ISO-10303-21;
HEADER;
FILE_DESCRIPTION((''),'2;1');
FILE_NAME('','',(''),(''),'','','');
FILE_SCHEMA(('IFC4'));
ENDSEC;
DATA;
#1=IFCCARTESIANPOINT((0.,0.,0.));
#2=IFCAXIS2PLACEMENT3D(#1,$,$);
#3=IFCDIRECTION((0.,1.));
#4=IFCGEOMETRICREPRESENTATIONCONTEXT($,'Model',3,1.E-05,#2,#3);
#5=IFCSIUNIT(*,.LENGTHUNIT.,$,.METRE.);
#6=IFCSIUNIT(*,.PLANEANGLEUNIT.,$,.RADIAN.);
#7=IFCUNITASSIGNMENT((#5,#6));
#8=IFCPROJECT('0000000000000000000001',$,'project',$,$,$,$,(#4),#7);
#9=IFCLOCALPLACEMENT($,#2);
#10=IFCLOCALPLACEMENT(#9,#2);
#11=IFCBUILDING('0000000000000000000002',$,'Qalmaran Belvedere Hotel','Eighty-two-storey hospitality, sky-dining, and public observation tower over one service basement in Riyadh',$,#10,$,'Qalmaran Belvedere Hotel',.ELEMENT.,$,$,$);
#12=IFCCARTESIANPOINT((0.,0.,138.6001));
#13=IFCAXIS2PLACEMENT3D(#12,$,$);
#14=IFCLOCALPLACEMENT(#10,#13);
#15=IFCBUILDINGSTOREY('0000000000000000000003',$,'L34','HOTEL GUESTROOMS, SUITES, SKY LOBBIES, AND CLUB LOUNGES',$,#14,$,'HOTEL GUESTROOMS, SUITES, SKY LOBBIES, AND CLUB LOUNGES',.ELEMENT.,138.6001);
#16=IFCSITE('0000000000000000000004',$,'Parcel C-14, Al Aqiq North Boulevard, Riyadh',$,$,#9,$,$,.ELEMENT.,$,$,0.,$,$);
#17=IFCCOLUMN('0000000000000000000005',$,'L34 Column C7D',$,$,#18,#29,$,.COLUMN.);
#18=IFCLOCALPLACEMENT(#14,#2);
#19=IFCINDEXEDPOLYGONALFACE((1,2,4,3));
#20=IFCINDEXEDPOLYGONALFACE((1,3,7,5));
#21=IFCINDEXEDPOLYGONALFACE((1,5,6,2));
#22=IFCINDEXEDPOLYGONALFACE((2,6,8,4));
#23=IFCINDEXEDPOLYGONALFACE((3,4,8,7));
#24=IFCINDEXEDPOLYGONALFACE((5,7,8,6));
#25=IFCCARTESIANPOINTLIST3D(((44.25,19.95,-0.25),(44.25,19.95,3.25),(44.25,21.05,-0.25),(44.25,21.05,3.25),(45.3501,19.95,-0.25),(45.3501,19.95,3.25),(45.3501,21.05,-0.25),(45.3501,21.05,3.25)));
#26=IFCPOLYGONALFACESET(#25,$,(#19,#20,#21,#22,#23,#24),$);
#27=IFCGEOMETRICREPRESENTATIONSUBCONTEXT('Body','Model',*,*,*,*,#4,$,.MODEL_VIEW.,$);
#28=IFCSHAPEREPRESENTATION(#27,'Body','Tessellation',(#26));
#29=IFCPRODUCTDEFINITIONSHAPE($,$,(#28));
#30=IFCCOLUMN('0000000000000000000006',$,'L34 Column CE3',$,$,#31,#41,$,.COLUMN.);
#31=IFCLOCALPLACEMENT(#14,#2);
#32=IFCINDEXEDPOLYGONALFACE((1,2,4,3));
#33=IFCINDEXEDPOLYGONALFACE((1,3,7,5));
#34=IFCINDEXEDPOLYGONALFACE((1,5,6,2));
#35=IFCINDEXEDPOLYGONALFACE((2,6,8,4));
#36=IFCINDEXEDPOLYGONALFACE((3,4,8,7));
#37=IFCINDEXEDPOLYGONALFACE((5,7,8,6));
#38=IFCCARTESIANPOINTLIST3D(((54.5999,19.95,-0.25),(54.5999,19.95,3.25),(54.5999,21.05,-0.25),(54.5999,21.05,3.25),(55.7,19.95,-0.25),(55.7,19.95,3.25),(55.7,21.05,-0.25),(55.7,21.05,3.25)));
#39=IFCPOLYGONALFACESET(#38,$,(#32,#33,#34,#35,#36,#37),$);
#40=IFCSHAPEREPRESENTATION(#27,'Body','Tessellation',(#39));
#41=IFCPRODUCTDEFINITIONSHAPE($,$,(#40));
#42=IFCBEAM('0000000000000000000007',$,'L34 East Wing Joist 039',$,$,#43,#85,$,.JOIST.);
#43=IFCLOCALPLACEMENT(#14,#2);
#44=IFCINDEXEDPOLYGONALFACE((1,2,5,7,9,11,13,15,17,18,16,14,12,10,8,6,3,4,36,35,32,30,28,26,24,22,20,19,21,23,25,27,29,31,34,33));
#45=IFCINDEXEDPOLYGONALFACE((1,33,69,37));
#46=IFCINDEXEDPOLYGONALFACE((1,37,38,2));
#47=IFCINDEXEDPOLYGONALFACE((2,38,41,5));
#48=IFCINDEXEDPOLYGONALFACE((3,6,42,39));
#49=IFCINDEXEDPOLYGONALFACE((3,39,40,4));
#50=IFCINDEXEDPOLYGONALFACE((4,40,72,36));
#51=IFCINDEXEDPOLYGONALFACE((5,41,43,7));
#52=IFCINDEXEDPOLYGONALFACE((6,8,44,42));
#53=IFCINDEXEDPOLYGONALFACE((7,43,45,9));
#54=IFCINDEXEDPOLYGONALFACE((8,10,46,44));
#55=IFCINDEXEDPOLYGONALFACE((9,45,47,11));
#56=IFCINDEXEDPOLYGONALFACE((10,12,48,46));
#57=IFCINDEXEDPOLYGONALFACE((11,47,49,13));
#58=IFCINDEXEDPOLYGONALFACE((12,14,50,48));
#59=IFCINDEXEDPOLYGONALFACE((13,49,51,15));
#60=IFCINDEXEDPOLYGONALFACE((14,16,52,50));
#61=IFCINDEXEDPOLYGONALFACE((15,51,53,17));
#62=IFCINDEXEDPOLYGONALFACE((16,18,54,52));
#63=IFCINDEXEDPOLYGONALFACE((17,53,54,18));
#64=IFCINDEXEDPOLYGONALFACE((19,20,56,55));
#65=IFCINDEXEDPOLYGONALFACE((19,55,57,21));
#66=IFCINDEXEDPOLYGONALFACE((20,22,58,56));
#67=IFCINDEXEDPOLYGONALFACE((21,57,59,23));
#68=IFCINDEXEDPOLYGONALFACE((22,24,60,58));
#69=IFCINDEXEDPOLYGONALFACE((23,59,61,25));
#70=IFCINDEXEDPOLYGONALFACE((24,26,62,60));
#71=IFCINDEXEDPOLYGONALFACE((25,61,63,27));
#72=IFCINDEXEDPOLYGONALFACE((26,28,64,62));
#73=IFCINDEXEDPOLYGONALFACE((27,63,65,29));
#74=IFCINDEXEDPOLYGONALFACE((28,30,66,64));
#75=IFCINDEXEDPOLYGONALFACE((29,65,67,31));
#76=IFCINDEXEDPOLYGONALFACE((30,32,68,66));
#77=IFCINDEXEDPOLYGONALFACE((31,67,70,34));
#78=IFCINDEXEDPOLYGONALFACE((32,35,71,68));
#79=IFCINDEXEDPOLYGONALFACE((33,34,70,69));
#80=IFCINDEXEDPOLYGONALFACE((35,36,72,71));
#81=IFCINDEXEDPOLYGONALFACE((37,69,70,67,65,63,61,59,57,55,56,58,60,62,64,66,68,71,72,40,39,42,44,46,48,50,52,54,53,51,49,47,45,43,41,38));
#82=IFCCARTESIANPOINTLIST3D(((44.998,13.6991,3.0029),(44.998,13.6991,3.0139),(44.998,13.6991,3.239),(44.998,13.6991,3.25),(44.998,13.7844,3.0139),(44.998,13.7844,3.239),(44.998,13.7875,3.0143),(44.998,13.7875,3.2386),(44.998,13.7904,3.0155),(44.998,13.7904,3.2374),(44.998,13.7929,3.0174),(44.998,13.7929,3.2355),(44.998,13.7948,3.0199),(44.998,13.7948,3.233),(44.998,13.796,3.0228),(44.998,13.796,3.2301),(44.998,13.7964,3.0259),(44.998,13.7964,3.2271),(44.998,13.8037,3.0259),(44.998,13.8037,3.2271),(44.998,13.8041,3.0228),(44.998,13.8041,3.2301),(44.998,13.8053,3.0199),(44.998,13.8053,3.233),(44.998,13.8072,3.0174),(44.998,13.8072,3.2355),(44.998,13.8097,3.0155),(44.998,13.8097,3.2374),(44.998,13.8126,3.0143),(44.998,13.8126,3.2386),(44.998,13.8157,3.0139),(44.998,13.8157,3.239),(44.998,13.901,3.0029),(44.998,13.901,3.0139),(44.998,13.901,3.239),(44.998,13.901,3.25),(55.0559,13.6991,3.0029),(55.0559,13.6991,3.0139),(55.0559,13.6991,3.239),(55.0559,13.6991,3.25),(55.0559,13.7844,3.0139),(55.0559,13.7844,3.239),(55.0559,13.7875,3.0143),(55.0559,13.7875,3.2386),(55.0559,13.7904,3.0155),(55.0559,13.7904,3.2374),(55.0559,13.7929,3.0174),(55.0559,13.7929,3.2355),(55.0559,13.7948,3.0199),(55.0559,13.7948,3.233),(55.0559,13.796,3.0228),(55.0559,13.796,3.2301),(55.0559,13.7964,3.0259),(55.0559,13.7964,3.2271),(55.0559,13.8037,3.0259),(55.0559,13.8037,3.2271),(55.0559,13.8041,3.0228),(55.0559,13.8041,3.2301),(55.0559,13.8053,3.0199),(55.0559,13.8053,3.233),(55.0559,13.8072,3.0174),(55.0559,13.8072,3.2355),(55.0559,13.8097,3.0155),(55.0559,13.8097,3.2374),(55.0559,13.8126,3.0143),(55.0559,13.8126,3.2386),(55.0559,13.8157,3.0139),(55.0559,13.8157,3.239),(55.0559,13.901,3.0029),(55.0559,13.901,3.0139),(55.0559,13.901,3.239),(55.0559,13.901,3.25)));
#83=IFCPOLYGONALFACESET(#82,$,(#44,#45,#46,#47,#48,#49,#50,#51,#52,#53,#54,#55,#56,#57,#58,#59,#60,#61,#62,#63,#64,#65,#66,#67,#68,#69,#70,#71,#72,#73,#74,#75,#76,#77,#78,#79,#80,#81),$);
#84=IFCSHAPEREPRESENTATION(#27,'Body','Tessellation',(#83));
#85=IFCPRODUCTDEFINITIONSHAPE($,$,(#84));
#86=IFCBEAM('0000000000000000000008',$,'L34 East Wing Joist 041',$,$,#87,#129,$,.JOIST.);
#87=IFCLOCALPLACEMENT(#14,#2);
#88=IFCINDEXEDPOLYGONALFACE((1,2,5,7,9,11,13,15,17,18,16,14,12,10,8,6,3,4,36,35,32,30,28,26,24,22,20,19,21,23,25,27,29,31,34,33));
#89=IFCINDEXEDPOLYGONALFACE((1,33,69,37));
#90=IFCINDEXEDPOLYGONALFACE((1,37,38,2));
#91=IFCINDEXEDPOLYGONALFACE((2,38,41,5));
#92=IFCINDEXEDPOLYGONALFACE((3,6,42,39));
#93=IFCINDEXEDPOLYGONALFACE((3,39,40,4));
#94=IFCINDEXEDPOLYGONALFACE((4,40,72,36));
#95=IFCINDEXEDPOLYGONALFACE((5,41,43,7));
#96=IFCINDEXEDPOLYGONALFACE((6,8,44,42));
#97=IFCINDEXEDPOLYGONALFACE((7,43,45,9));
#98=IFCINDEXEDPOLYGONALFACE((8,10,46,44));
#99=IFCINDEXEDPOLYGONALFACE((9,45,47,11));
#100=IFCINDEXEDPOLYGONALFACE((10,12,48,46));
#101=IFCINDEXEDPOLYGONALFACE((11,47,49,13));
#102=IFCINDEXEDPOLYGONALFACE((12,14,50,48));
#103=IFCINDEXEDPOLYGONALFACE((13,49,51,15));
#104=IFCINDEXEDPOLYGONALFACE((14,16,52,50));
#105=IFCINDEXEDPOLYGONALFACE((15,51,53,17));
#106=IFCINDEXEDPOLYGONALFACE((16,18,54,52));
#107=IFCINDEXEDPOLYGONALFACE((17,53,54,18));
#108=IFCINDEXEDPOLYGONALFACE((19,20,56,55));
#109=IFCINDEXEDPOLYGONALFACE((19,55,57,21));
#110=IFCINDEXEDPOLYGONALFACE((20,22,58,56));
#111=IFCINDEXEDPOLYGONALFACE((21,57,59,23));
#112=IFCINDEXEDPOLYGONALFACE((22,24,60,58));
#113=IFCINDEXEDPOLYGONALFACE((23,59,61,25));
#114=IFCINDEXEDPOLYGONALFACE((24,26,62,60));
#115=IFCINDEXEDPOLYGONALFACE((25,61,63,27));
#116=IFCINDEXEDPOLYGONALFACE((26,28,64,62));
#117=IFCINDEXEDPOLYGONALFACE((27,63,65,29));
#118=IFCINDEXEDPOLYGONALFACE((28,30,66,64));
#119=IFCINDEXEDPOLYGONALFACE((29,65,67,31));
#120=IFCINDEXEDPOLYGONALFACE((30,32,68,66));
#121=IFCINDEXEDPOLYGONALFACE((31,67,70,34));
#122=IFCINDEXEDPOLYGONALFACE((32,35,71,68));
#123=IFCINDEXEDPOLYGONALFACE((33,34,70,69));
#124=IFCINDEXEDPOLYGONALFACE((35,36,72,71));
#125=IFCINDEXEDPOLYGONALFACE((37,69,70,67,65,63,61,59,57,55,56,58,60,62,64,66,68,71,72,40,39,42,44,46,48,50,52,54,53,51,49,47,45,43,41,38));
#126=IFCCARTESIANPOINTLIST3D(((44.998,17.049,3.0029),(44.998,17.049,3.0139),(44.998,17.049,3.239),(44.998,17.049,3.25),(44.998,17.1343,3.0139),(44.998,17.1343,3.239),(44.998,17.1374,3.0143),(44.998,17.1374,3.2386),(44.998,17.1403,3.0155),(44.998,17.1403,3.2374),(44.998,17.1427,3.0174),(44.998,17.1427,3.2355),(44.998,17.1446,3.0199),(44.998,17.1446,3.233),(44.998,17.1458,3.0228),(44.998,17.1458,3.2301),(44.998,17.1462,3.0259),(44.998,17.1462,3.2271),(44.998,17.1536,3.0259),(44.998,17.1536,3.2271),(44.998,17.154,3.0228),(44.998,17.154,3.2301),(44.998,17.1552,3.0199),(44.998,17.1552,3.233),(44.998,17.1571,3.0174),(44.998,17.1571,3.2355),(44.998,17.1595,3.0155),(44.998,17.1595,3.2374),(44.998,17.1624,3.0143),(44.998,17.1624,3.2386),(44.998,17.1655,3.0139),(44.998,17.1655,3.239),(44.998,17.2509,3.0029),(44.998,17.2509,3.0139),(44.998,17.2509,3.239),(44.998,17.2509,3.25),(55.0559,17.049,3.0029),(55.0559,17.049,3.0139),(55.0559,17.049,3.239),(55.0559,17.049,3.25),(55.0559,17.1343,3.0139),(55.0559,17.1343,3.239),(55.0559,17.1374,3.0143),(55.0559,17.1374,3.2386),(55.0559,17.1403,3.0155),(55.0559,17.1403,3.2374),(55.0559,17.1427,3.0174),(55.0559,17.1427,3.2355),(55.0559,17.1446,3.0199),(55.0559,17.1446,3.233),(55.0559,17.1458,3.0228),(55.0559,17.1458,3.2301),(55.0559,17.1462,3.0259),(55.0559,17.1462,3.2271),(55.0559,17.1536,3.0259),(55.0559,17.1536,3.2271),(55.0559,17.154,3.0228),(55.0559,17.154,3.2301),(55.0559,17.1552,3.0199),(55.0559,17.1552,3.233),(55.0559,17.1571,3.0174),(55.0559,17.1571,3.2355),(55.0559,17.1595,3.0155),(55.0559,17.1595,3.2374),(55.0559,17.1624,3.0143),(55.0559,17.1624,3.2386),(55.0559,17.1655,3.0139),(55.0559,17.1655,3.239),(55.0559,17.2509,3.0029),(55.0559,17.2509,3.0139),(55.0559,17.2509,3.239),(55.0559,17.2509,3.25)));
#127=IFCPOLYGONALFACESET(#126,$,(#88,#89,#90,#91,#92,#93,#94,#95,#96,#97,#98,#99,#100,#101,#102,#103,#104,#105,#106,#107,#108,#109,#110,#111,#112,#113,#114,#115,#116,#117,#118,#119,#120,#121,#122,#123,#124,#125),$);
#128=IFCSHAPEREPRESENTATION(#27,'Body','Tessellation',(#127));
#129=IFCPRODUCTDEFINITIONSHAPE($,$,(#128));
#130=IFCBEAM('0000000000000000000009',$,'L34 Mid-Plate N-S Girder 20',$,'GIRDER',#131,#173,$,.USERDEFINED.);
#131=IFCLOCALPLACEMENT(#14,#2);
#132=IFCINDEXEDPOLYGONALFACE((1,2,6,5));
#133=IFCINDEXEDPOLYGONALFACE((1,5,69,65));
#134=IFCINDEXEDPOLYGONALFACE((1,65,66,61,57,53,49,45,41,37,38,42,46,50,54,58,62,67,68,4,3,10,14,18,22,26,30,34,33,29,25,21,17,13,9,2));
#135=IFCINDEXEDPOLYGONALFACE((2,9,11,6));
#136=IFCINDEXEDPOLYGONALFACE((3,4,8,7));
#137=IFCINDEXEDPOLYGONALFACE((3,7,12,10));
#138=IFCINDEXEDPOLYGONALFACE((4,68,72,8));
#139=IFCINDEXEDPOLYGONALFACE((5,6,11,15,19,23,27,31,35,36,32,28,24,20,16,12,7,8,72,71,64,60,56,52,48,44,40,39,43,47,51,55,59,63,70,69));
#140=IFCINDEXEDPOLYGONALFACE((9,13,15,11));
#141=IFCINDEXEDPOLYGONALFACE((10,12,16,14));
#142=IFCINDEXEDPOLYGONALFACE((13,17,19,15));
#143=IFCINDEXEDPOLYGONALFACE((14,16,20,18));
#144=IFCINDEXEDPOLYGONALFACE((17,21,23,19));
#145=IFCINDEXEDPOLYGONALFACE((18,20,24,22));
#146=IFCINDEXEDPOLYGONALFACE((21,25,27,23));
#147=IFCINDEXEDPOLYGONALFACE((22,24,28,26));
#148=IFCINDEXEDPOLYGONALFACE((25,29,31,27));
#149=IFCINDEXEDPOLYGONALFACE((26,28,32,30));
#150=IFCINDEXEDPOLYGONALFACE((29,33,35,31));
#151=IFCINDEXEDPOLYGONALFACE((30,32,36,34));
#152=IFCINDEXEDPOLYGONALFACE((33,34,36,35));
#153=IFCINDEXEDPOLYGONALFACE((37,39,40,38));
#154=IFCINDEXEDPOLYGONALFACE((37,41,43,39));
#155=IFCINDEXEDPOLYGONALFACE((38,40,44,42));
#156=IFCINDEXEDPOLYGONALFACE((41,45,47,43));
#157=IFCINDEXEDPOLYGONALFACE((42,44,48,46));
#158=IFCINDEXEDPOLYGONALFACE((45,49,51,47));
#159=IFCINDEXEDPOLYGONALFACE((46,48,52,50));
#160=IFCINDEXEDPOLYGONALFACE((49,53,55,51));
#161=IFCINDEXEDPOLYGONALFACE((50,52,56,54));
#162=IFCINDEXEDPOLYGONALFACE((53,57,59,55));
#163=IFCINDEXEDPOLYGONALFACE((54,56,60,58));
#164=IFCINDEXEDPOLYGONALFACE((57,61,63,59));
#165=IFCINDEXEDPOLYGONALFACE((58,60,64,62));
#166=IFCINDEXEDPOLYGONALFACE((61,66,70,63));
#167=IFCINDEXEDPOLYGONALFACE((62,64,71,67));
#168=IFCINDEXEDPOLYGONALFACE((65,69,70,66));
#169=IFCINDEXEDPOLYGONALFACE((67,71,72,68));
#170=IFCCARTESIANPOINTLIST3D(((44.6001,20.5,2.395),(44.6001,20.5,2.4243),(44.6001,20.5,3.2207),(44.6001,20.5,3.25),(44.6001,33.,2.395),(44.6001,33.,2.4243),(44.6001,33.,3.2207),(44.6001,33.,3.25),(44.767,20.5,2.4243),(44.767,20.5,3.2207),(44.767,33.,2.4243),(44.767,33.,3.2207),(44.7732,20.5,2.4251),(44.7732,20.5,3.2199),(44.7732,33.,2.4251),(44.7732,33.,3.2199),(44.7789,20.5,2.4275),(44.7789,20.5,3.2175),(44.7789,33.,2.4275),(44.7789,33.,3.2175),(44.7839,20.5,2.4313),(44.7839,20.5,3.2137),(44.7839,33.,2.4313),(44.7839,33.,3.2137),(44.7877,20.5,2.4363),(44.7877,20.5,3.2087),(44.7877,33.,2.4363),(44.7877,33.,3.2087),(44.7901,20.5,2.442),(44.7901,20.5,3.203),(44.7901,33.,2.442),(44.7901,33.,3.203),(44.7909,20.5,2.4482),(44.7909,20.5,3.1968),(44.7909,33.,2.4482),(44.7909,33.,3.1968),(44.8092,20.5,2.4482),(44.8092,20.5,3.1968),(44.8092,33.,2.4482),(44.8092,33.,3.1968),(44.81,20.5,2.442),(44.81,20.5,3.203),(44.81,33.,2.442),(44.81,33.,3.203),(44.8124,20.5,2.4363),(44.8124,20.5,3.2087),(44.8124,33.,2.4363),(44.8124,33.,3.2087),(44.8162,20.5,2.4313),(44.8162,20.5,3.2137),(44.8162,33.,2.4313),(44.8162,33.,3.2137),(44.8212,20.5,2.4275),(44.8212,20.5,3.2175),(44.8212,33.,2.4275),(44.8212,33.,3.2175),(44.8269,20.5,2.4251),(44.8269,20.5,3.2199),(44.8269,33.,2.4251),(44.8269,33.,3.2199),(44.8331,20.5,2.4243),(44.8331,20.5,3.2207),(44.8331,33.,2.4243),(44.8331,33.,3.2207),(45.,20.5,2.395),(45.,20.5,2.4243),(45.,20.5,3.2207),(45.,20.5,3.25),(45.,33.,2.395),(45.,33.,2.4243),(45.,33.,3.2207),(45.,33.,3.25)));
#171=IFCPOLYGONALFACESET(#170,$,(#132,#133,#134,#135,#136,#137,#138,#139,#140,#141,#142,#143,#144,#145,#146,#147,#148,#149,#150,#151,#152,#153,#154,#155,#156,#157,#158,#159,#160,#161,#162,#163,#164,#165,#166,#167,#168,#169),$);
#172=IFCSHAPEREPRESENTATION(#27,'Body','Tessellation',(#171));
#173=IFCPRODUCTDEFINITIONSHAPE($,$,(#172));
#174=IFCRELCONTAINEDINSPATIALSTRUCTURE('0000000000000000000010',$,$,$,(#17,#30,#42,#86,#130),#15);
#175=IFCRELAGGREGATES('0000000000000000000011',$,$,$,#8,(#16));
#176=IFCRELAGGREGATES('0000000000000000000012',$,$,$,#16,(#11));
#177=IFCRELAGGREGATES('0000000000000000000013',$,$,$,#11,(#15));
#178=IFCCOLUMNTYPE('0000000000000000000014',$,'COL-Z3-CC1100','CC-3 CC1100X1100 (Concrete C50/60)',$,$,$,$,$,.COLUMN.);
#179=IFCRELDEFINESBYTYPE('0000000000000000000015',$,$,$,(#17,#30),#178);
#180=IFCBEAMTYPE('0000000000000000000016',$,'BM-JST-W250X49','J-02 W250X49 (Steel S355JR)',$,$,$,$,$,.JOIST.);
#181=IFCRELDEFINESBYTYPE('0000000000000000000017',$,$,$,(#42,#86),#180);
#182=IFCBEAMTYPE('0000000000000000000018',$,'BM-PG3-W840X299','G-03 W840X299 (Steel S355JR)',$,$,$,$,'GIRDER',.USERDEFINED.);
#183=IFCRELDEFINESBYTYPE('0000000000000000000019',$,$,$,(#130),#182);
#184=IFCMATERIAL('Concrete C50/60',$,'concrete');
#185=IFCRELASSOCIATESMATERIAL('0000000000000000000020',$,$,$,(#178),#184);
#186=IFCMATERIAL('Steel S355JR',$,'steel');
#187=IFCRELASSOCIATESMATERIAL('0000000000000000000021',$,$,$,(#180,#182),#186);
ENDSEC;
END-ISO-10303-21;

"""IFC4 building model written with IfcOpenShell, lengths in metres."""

from ifc_helpers import new_model, si_unit, direction, frame, origin, origin_2d, place, context, subcontext, project, spatial, rectangle, i_section, extrude, material, material_profile, profile_set, type_object, element, save


model = new_model("IFC4")

# Units and contexts
model_context = context("Model", 3, precision=1e-05, world=origin(), true_north=direction((0.0, 1.0)))
body_context = subcontext(model_context, "Body", "Model", "MODEL_VIEW")
ifc_project = project(units=[si_unit("LENGTHUNIT", "METRE"), si_unit("PLANEANGLEUNIT", "RADIAN")], contexts=[model_context])

# Site, building, storey
site_placement = place(None, origin())
site = spatial("IfcSite", under=ifc_project, at=site_placement, Name="Parcel C-14, Al Aqiq North Boulevard, Riyadh", CompositionType="ELEMENT", RefElevation=0.0)
building_placement = place(site_placement, origin())
building = spatial("IfcBuilding", under=site, at=building_placement, Name="Qalmaran Belvedere Hotel", Description="Eighty-two-storey hospitality, sky-dining, and public observation tower over one service basement in Riyadh", LongName="Qalmaran Belvedere Hotel", CompositionType="ELEMENT")
storey_placement = place(building_placement, frame((0.0, 0.0, 138.6001)))
storey = spatial("IfcBuildingStorey", under=building, at=storey_placement, Name="L34", Description="HOTEL GUESTROOMS, SUITES, SKY LOBBIES, AND CLUB LOUNGES", LongName="HOTEL GUESTROOMS, SUITES, SKY LOBBIES, AND CLUB LOUNGES", CompositionType="ELEMENT", Elevation=138.6001)

# Columns
ifc_material_1 = material(Name="Concrete C50/60", Category="concrete")
ifc_material_profile_1 = material_profile(ifc_material_1, rectangle(XDim=1.1001, YDim=1.1001, at=origin_2d()), Name="CC1100X1100")
ifc_profile_set_1 = profile_set([ifc_material_profile_1], Name="Concrete C50/60")
column_type = type_object("IfcColumnType", Name="COL-Z3-CC1100", Description="CC-3 CC1100X1100 (Concrete C50/60)", PredefinedType="COLUMN", material=ifc_profile_set_1)
for number, where, z_axis, x_axis, name in (
    (1, (44.8, 20.5, -0.25), (0.0, 0.0, 1.0), (1.0, 0.0, 0.0), "L34 Column C7D"),
    (2, (55.1499, 20.5, -0.25), (0.0, 0.0, 1.0), (1.0, 0.0, 0.0), "L34 Column CE3"),
):
    element("IfcColumn", number, at=place(storey_placement, frame(where, z_axis=z_axis, x_axis=x_axis)), inside=storey, type_object=column_type, Name=name, PredefinedType="COLUMN", context=body_context, shape_type="SweptSolid", body=[
        extrude(rectangle(XDim=1.1001, YDim=1.1001, at=origin_2d()), origin(), (0.0, 0.0, 1.0), 3.5),
    ])

# Beams
ifc_material_2 = material(Name="Steel S355JR", Category="steel")
ifc_material_profile_2 = material_profile(ifc_material_2, i_section(OverallWidth=0.2019, OverallDepth=0.2471, WebThickness=0.0073, FlangeThickness=0.011, FilletRadius=0.012, at=origin_2d()), Name="W250X49")
ifc_profile_set_2 = profile_set([ifc_material_profile_2], Name="Steel S355JR")
beam_type_1 = type_object("IfcBeamType", Name="BM-JST-W250X49", Description="J-02 W250X49 (Steel S355JR)", PredefinedType="JOIST", material=ifc_profile_set_2)
for number, where, z_axis, x_axis, name in (
    (3, (44.998, 13.8, 3.1265), (1.0, 0.0, 0.0), (0.0, 1.0, 0.0), "L34 East Wing Joist 039"),
    (4, (44.998, 17.1499, 3.1265), (1.0, 0.0, 0.0), (0.0, 1.0, 0.0), "L34 East Wing Joist 041"),
):
    element("IfcBeam", number, at=place(storey_placement, frame(where, z_axis=z_axis, x_axis=x_axis)), inside=storey, type_object=beam_type_1, Name=name, PredefinedType="JOIST", context=body_context, shape_type="SweptSolid", body=[
        extrude(i_section(OverallWidth=0.2019, OverallDepth=0.2471, WebThickness=0.0073, FlangeThickness=0.011, FilletRadius=0.012, at=origin_2d()), origin(), (0.0, 0.0, 1.0), 10.0579),
    ])
ifc_material_profile_3 = material_profile(ifc_material_2, i_section(OverallWidth=0.3999, OverallDepth=0.855, WebThickness=0.0183, FlangeThickness=0.0293, FilletRadius=0.0239, at=origin_2d()), Name="W840X299")
ifc_profile_set_3 = profile_set([ifc_material_profile_3], Name="Steel S355JR")
beam_type_2 = type_object("IfcBeamType", Name="BM-PG3-W840X299", Description="G-03 W840X299 (Steel S355JR)", ElementType="GIRDER", PredefinedType="USERDEFINED", material=ifc_profile_set_3)
beam_1_placement = place(storey_placement, frame((44.8, 20.5, 2.8225), z_axis=(0.0, 1.0, 0.0), x_axis=(-1.0, 0.0, 0.0)))
element("IfcBeam", 5, at=beam_1_placement, inside=storey, type_object=beam_type_2, Name="L34 Mid-Plate N-S Girder 20", ObjectType="GIRDER", PredefinedType="USERDEFINED", context=body_context, shape_type="SweptSolid", body=[
    extrude(i_section(OverallWidth=0.3999, OverallDepth=0.855, WebThickness=0.0183, FlangeThickness=0.0293, FilletRadius=0.0239, at=origin_2d()), origin(), (0.0, 0.0, 1.0), 12.5),
])

save(model, "model.ifc")
